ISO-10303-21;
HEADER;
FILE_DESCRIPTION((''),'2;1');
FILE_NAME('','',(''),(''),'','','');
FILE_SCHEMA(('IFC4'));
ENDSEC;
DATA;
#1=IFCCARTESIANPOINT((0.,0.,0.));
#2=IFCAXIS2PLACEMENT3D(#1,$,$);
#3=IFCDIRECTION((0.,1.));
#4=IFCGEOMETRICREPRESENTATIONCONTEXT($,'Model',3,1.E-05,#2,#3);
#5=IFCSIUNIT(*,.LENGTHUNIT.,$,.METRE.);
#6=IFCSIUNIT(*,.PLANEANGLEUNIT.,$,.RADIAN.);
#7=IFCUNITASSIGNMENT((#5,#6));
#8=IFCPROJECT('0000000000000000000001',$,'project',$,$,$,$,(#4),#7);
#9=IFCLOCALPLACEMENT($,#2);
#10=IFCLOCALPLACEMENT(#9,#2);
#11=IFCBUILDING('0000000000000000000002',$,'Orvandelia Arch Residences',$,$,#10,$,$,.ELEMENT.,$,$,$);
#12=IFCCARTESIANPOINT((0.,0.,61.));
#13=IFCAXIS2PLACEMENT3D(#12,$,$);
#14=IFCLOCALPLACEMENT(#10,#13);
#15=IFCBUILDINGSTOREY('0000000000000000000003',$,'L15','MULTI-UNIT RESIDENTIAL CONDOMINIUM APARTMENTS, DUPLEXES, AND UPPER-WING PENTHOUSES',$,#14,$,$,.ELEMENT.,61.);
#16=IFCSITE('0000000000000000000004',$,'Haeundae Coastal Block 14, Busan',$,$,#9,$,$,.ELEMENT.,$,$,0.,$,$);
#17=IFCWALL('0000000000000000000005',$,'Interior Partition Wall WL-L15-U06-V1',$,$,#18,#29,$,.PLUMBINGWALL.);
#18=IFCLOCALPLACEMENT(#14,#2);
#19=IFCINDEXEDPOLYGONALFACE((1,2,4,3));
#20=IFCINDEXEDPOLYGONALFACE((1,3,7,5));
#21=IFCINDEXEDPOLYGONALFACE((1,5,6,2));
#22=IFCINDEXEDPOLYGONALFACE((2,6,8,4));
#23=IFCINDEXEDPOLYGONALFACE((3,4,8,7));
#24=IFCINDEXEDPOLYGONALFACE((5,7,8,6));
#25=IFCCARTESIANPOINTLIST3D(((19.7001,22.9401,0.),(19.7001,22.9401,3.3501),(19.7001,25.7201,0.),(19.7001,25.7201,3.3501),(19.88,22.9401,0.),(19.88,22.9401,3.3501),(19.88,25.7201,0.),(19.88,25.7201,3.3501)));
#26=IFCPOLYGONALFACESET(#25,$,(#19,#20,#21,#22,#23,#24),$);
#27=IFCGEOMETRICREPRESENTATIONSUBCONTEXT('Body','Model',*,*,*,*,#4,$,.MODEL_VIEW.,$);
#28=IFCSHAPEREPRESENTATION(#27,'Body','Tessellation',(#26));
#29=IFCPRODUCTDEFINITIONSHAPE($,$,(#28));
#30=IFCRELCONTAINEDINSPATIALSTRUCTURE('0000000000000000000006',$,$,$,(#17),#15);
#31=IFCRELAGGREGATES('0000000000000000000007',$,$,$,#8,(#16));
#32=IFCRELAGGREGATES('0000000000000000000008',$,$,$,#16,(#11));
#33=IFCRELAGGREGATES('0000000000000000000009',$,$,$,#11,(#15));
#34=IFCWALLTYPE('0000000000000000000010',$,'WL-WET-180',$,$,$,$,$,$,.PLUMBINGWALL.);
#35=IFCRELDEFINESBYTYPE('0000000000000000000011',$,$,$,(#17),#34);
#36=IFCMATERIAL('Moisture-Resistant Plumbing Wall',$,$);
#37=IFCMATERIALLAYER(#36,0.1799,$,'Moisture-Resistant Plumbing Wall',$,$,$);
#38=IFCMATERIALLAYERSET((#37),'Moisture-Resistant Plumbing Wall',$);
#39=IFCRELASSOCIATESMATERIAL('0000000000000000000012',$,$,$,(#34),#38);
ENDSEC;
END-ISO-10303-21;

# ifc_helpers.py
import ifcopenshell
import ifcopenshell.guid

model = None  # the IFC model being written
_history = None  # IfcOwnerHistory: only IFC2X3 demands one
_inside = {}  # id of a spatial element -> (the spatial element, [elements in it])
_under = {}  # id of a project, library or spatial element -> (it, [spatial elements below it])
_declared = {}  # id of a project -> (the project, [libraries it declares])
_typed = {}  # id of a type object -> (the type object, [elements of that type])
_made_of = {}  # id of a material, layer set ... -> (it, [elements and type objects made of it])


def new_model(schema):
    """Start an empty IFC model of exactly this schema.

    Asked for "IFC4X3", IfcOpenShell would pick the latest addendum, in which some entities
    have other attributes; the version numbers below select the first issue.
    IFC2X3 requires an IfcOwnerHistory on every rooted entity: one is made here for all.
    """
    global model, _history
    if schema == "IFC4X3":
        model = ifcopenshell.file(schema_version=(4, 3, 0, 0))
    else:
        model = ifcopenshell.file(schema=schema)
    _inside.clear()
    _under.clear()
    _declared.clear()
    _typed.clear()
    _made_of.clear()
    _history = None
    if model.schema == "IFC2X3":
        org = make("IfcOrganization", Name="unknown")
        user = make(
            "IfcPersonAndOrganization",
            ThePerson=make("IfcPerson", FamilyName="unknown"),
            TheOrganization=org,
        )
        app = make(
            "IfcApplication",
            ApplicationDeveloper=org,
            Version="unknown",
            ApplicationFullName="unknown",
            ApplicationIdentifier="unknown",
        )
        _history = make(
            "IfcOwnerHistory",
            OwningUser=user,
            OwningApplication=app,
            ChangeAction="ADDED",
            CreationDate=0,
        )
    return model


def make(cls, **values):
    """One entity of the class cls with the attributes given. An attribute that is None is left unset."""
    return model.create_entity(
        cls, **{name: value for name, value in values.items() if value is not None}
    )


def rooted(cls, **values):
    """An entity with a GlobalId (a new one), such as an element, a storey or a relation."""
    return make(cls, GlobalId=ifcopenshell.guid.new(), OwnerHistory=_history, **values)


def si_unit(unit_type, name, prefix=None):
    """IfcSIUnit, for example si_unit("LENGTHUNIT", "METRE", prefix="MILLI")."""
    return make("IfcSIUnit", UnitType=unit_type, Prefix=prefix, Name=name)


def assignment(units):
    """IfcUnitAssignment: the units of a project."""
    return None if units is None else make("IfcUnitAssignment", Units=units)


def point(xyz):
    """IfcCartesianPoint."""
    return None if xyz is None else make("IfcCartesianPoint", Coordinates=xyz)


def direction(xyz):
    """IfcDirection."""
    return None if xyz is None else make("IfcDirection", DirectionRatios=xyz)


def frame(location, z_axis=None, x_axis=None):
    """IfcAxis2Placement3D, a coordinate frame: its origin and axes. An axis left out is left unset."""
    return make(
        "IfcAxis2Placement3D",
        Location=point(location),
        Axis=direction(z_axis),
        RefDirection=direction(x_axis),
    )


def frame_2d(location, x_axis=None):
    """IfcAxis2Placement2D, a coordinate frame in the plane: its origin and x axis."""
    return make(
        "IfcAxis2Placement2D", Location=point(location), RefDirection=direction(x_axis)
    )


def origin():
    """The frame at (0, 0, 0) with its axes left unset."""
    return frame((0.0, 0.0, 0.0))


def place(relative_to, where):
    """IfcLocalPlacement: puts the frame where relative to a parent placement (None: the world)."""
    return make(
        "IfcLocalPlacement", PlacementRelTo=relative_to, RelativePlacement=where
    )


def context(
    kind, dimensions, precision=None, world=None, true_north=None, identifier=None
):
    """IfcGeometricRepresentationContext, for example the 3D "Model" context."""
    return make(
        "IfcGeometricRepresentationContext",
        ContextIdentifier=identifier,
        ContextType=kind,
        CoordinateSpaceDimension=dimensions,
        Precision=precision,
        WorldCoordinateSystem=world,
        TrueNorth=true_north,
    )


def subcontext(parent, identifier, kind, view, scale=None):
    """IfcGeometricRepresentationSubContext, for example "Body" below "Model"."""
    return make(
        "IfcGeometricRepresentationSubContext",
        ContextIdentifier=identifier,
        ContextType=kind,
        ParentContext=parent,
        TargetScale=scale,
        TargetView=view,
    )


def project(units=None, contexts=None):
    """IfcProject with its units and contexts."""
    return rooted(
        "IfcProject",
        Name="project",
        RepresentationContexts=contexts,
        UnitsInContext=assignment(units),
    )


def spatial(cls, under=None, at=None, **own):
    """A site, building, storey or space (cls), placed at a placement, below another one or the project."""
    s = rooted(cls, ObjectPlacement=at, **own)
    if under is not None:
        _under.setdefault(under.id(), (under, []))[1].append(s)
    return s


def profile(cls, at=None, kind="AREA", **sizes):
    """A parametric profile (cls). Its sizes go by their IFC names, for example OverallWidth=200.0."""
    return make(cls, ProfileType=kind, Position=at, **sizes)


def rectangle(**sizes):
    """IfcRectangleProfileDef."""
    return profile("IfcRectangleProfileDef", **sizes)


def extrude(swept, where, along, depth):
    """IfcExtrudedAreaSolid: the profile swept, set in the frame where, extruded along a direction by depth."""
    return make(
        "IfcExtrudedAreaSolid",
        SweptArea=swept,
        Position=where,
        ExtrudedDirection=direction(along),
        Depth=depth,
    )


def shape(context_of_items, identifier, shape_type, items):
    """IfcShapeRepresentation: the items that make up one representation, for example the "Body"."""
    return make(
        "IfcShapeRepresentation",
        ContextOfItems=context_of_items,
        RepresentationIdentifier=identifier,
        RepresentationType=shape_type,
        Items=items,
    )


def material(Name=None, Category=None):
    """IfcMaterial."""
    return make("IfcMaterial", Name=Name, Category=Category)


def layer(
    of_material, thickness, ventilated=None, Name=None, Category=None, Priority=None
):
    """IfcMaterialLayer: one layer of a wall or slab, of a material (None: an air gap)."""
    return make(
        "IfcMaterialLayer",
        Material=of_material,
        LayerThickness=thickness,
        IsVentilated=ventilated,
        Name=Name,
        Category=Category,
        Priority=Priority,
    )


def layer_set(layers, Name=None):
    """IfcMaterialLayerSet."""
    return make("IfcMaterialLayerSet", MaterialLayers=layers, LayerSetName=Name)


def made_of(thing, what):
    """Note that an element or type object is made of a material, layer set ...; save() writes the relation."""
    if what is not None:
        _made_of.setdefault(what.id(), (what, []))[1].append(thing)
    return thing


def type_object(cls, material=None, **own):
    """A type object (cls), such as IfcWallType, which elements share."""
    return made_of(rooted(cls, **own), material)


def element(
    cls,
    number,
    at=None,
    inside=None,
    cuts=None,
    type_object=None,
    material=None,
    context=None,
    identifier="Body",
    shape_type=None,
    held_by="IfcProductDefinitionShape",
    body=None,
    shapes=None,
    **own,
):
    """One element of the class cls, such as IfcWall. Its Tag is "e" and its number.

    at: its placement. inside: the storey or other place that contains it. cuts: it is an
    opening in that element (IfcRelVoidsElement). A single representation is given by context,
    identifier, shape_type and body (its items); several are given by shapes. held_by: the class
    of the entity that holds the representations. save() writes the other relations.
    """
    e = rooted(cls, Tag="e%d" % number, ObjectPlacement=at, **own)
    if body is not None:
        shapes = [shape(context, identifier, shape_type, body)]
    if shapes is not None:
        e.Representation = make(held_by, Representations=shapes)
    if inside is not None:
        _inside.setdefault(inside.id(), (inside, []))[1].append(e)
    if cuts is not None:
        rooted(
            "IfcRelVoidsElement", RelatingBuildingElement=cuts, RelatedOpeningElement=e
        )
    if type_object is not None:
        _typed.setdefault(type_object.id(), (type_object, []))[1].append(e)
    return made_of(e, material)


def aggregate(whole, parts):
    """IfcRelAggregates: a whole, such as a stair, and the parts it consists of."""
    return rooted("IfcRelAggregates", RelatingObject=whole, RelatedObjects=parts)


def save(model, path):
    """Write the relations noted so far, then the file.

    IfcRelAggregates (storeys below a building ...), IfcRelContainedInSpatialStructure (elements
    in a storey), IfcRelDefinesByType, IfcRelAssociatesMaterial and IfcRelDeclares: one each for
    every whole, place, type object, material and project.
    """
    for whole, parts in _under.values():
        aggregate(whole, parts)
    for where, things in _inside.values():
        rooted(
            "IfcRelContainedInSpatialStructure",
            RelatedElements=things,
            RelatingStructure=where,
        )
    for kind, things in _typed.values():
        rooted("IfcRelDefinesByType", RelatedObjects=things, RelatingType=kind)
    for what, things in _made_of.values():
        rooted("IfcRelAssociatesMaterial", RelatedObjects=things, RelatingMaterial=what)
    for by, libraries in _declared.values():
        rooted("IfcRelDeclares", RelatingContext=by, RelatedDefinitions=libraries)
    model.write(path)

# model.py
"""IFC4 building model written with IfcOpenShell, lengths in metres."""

from ifc_helpers import new_model, si_unit, direction, frame, frame_2d, origin, place, context, subcontext, project, spatial, rectangle, extrude, material, layer, layer_set, type_object, element, save


model = new_model("IFC4")

# Units and contexts
model_context = context("Model", 3, precision=1e-05, world=origin(), true_north=direction((0.0, 1.0)))
body_context = subcontext(model_context, "Body", "Model", "MODEL_VIEW")
ifc_project = project(units=[si_unit("LENGTHUNIT", "METRE"), si_unit("PLANEANGLEUNIT", "RADIAN")], contexts=[model_context])

# Site, building, storey
site_placement = place(None, origin())
site = spatial("IfcSite", under=ifc_project, at=site_placement, Name="Haeundae Coastal Block 14, Busan", CompositionType="ELEMENT", RefElevation=0.0)
building_placement = place(site_placement, origin())
building = spatial("IfcBuilding", under=site, at=building_placement, Name="Orvandelia Arch Residences", CompositionType="ELEMENT")
storey_placement = place(building_placement, frame((0.0, 0.0, 61.0)))
storey = spatial("IfcBuildingStorey", under=building, at=storey_placement, Name="L15", Description="MULTI-UNIT RESIDENTIAL CONDOMINIUM APARTMENTS, DUPLEXES, AND UPPER-WING PENTHOUSES", CompositionType="ELEMENT", Elevation=61.0)

# Shared definitions
ifc_material_1 = material(Name="Moisture-Resistant Plumbing Wall")
ifc_layer_1 = layer(ifc_material_1, 0.1799, Name="Moisture-Resistant Plumbing Wall")
ifc_layer_set_1 = layer_set([ifc_layer_1], Name="Moisture-Resistant Plumbing Wall")
wall_type_1 = type_object("IfcWallType", Name="WL-WET-180", PredefinedType="PLUMBINGWALL", material=ifc_layer_set_1)

# Wall
wall_1_placement = place(storey_placement, frame((19.79, 22.9399, 0.0), z_axis=(0.0, 0.0, 1.0), x_axis=(0.0, 1.0, 0.0)))
element("IfcWall", 1, at=wall_1_placement, inside=storey, type_object=wall_type_1, Name="Interior Partition Wall WL-L15-U06-V1", PredefinedType="PLUMBINGWALL", context=body_context, shape_type="SweptSolid", body=[
    extrude(rectangle(XDim=2.78, YDim=0.1799, at=frame_2d((1.3901, 0.0))), origin(), (0.0, 0.0, 1.0), 3.3501),
])

save(model, "model.ifc")
